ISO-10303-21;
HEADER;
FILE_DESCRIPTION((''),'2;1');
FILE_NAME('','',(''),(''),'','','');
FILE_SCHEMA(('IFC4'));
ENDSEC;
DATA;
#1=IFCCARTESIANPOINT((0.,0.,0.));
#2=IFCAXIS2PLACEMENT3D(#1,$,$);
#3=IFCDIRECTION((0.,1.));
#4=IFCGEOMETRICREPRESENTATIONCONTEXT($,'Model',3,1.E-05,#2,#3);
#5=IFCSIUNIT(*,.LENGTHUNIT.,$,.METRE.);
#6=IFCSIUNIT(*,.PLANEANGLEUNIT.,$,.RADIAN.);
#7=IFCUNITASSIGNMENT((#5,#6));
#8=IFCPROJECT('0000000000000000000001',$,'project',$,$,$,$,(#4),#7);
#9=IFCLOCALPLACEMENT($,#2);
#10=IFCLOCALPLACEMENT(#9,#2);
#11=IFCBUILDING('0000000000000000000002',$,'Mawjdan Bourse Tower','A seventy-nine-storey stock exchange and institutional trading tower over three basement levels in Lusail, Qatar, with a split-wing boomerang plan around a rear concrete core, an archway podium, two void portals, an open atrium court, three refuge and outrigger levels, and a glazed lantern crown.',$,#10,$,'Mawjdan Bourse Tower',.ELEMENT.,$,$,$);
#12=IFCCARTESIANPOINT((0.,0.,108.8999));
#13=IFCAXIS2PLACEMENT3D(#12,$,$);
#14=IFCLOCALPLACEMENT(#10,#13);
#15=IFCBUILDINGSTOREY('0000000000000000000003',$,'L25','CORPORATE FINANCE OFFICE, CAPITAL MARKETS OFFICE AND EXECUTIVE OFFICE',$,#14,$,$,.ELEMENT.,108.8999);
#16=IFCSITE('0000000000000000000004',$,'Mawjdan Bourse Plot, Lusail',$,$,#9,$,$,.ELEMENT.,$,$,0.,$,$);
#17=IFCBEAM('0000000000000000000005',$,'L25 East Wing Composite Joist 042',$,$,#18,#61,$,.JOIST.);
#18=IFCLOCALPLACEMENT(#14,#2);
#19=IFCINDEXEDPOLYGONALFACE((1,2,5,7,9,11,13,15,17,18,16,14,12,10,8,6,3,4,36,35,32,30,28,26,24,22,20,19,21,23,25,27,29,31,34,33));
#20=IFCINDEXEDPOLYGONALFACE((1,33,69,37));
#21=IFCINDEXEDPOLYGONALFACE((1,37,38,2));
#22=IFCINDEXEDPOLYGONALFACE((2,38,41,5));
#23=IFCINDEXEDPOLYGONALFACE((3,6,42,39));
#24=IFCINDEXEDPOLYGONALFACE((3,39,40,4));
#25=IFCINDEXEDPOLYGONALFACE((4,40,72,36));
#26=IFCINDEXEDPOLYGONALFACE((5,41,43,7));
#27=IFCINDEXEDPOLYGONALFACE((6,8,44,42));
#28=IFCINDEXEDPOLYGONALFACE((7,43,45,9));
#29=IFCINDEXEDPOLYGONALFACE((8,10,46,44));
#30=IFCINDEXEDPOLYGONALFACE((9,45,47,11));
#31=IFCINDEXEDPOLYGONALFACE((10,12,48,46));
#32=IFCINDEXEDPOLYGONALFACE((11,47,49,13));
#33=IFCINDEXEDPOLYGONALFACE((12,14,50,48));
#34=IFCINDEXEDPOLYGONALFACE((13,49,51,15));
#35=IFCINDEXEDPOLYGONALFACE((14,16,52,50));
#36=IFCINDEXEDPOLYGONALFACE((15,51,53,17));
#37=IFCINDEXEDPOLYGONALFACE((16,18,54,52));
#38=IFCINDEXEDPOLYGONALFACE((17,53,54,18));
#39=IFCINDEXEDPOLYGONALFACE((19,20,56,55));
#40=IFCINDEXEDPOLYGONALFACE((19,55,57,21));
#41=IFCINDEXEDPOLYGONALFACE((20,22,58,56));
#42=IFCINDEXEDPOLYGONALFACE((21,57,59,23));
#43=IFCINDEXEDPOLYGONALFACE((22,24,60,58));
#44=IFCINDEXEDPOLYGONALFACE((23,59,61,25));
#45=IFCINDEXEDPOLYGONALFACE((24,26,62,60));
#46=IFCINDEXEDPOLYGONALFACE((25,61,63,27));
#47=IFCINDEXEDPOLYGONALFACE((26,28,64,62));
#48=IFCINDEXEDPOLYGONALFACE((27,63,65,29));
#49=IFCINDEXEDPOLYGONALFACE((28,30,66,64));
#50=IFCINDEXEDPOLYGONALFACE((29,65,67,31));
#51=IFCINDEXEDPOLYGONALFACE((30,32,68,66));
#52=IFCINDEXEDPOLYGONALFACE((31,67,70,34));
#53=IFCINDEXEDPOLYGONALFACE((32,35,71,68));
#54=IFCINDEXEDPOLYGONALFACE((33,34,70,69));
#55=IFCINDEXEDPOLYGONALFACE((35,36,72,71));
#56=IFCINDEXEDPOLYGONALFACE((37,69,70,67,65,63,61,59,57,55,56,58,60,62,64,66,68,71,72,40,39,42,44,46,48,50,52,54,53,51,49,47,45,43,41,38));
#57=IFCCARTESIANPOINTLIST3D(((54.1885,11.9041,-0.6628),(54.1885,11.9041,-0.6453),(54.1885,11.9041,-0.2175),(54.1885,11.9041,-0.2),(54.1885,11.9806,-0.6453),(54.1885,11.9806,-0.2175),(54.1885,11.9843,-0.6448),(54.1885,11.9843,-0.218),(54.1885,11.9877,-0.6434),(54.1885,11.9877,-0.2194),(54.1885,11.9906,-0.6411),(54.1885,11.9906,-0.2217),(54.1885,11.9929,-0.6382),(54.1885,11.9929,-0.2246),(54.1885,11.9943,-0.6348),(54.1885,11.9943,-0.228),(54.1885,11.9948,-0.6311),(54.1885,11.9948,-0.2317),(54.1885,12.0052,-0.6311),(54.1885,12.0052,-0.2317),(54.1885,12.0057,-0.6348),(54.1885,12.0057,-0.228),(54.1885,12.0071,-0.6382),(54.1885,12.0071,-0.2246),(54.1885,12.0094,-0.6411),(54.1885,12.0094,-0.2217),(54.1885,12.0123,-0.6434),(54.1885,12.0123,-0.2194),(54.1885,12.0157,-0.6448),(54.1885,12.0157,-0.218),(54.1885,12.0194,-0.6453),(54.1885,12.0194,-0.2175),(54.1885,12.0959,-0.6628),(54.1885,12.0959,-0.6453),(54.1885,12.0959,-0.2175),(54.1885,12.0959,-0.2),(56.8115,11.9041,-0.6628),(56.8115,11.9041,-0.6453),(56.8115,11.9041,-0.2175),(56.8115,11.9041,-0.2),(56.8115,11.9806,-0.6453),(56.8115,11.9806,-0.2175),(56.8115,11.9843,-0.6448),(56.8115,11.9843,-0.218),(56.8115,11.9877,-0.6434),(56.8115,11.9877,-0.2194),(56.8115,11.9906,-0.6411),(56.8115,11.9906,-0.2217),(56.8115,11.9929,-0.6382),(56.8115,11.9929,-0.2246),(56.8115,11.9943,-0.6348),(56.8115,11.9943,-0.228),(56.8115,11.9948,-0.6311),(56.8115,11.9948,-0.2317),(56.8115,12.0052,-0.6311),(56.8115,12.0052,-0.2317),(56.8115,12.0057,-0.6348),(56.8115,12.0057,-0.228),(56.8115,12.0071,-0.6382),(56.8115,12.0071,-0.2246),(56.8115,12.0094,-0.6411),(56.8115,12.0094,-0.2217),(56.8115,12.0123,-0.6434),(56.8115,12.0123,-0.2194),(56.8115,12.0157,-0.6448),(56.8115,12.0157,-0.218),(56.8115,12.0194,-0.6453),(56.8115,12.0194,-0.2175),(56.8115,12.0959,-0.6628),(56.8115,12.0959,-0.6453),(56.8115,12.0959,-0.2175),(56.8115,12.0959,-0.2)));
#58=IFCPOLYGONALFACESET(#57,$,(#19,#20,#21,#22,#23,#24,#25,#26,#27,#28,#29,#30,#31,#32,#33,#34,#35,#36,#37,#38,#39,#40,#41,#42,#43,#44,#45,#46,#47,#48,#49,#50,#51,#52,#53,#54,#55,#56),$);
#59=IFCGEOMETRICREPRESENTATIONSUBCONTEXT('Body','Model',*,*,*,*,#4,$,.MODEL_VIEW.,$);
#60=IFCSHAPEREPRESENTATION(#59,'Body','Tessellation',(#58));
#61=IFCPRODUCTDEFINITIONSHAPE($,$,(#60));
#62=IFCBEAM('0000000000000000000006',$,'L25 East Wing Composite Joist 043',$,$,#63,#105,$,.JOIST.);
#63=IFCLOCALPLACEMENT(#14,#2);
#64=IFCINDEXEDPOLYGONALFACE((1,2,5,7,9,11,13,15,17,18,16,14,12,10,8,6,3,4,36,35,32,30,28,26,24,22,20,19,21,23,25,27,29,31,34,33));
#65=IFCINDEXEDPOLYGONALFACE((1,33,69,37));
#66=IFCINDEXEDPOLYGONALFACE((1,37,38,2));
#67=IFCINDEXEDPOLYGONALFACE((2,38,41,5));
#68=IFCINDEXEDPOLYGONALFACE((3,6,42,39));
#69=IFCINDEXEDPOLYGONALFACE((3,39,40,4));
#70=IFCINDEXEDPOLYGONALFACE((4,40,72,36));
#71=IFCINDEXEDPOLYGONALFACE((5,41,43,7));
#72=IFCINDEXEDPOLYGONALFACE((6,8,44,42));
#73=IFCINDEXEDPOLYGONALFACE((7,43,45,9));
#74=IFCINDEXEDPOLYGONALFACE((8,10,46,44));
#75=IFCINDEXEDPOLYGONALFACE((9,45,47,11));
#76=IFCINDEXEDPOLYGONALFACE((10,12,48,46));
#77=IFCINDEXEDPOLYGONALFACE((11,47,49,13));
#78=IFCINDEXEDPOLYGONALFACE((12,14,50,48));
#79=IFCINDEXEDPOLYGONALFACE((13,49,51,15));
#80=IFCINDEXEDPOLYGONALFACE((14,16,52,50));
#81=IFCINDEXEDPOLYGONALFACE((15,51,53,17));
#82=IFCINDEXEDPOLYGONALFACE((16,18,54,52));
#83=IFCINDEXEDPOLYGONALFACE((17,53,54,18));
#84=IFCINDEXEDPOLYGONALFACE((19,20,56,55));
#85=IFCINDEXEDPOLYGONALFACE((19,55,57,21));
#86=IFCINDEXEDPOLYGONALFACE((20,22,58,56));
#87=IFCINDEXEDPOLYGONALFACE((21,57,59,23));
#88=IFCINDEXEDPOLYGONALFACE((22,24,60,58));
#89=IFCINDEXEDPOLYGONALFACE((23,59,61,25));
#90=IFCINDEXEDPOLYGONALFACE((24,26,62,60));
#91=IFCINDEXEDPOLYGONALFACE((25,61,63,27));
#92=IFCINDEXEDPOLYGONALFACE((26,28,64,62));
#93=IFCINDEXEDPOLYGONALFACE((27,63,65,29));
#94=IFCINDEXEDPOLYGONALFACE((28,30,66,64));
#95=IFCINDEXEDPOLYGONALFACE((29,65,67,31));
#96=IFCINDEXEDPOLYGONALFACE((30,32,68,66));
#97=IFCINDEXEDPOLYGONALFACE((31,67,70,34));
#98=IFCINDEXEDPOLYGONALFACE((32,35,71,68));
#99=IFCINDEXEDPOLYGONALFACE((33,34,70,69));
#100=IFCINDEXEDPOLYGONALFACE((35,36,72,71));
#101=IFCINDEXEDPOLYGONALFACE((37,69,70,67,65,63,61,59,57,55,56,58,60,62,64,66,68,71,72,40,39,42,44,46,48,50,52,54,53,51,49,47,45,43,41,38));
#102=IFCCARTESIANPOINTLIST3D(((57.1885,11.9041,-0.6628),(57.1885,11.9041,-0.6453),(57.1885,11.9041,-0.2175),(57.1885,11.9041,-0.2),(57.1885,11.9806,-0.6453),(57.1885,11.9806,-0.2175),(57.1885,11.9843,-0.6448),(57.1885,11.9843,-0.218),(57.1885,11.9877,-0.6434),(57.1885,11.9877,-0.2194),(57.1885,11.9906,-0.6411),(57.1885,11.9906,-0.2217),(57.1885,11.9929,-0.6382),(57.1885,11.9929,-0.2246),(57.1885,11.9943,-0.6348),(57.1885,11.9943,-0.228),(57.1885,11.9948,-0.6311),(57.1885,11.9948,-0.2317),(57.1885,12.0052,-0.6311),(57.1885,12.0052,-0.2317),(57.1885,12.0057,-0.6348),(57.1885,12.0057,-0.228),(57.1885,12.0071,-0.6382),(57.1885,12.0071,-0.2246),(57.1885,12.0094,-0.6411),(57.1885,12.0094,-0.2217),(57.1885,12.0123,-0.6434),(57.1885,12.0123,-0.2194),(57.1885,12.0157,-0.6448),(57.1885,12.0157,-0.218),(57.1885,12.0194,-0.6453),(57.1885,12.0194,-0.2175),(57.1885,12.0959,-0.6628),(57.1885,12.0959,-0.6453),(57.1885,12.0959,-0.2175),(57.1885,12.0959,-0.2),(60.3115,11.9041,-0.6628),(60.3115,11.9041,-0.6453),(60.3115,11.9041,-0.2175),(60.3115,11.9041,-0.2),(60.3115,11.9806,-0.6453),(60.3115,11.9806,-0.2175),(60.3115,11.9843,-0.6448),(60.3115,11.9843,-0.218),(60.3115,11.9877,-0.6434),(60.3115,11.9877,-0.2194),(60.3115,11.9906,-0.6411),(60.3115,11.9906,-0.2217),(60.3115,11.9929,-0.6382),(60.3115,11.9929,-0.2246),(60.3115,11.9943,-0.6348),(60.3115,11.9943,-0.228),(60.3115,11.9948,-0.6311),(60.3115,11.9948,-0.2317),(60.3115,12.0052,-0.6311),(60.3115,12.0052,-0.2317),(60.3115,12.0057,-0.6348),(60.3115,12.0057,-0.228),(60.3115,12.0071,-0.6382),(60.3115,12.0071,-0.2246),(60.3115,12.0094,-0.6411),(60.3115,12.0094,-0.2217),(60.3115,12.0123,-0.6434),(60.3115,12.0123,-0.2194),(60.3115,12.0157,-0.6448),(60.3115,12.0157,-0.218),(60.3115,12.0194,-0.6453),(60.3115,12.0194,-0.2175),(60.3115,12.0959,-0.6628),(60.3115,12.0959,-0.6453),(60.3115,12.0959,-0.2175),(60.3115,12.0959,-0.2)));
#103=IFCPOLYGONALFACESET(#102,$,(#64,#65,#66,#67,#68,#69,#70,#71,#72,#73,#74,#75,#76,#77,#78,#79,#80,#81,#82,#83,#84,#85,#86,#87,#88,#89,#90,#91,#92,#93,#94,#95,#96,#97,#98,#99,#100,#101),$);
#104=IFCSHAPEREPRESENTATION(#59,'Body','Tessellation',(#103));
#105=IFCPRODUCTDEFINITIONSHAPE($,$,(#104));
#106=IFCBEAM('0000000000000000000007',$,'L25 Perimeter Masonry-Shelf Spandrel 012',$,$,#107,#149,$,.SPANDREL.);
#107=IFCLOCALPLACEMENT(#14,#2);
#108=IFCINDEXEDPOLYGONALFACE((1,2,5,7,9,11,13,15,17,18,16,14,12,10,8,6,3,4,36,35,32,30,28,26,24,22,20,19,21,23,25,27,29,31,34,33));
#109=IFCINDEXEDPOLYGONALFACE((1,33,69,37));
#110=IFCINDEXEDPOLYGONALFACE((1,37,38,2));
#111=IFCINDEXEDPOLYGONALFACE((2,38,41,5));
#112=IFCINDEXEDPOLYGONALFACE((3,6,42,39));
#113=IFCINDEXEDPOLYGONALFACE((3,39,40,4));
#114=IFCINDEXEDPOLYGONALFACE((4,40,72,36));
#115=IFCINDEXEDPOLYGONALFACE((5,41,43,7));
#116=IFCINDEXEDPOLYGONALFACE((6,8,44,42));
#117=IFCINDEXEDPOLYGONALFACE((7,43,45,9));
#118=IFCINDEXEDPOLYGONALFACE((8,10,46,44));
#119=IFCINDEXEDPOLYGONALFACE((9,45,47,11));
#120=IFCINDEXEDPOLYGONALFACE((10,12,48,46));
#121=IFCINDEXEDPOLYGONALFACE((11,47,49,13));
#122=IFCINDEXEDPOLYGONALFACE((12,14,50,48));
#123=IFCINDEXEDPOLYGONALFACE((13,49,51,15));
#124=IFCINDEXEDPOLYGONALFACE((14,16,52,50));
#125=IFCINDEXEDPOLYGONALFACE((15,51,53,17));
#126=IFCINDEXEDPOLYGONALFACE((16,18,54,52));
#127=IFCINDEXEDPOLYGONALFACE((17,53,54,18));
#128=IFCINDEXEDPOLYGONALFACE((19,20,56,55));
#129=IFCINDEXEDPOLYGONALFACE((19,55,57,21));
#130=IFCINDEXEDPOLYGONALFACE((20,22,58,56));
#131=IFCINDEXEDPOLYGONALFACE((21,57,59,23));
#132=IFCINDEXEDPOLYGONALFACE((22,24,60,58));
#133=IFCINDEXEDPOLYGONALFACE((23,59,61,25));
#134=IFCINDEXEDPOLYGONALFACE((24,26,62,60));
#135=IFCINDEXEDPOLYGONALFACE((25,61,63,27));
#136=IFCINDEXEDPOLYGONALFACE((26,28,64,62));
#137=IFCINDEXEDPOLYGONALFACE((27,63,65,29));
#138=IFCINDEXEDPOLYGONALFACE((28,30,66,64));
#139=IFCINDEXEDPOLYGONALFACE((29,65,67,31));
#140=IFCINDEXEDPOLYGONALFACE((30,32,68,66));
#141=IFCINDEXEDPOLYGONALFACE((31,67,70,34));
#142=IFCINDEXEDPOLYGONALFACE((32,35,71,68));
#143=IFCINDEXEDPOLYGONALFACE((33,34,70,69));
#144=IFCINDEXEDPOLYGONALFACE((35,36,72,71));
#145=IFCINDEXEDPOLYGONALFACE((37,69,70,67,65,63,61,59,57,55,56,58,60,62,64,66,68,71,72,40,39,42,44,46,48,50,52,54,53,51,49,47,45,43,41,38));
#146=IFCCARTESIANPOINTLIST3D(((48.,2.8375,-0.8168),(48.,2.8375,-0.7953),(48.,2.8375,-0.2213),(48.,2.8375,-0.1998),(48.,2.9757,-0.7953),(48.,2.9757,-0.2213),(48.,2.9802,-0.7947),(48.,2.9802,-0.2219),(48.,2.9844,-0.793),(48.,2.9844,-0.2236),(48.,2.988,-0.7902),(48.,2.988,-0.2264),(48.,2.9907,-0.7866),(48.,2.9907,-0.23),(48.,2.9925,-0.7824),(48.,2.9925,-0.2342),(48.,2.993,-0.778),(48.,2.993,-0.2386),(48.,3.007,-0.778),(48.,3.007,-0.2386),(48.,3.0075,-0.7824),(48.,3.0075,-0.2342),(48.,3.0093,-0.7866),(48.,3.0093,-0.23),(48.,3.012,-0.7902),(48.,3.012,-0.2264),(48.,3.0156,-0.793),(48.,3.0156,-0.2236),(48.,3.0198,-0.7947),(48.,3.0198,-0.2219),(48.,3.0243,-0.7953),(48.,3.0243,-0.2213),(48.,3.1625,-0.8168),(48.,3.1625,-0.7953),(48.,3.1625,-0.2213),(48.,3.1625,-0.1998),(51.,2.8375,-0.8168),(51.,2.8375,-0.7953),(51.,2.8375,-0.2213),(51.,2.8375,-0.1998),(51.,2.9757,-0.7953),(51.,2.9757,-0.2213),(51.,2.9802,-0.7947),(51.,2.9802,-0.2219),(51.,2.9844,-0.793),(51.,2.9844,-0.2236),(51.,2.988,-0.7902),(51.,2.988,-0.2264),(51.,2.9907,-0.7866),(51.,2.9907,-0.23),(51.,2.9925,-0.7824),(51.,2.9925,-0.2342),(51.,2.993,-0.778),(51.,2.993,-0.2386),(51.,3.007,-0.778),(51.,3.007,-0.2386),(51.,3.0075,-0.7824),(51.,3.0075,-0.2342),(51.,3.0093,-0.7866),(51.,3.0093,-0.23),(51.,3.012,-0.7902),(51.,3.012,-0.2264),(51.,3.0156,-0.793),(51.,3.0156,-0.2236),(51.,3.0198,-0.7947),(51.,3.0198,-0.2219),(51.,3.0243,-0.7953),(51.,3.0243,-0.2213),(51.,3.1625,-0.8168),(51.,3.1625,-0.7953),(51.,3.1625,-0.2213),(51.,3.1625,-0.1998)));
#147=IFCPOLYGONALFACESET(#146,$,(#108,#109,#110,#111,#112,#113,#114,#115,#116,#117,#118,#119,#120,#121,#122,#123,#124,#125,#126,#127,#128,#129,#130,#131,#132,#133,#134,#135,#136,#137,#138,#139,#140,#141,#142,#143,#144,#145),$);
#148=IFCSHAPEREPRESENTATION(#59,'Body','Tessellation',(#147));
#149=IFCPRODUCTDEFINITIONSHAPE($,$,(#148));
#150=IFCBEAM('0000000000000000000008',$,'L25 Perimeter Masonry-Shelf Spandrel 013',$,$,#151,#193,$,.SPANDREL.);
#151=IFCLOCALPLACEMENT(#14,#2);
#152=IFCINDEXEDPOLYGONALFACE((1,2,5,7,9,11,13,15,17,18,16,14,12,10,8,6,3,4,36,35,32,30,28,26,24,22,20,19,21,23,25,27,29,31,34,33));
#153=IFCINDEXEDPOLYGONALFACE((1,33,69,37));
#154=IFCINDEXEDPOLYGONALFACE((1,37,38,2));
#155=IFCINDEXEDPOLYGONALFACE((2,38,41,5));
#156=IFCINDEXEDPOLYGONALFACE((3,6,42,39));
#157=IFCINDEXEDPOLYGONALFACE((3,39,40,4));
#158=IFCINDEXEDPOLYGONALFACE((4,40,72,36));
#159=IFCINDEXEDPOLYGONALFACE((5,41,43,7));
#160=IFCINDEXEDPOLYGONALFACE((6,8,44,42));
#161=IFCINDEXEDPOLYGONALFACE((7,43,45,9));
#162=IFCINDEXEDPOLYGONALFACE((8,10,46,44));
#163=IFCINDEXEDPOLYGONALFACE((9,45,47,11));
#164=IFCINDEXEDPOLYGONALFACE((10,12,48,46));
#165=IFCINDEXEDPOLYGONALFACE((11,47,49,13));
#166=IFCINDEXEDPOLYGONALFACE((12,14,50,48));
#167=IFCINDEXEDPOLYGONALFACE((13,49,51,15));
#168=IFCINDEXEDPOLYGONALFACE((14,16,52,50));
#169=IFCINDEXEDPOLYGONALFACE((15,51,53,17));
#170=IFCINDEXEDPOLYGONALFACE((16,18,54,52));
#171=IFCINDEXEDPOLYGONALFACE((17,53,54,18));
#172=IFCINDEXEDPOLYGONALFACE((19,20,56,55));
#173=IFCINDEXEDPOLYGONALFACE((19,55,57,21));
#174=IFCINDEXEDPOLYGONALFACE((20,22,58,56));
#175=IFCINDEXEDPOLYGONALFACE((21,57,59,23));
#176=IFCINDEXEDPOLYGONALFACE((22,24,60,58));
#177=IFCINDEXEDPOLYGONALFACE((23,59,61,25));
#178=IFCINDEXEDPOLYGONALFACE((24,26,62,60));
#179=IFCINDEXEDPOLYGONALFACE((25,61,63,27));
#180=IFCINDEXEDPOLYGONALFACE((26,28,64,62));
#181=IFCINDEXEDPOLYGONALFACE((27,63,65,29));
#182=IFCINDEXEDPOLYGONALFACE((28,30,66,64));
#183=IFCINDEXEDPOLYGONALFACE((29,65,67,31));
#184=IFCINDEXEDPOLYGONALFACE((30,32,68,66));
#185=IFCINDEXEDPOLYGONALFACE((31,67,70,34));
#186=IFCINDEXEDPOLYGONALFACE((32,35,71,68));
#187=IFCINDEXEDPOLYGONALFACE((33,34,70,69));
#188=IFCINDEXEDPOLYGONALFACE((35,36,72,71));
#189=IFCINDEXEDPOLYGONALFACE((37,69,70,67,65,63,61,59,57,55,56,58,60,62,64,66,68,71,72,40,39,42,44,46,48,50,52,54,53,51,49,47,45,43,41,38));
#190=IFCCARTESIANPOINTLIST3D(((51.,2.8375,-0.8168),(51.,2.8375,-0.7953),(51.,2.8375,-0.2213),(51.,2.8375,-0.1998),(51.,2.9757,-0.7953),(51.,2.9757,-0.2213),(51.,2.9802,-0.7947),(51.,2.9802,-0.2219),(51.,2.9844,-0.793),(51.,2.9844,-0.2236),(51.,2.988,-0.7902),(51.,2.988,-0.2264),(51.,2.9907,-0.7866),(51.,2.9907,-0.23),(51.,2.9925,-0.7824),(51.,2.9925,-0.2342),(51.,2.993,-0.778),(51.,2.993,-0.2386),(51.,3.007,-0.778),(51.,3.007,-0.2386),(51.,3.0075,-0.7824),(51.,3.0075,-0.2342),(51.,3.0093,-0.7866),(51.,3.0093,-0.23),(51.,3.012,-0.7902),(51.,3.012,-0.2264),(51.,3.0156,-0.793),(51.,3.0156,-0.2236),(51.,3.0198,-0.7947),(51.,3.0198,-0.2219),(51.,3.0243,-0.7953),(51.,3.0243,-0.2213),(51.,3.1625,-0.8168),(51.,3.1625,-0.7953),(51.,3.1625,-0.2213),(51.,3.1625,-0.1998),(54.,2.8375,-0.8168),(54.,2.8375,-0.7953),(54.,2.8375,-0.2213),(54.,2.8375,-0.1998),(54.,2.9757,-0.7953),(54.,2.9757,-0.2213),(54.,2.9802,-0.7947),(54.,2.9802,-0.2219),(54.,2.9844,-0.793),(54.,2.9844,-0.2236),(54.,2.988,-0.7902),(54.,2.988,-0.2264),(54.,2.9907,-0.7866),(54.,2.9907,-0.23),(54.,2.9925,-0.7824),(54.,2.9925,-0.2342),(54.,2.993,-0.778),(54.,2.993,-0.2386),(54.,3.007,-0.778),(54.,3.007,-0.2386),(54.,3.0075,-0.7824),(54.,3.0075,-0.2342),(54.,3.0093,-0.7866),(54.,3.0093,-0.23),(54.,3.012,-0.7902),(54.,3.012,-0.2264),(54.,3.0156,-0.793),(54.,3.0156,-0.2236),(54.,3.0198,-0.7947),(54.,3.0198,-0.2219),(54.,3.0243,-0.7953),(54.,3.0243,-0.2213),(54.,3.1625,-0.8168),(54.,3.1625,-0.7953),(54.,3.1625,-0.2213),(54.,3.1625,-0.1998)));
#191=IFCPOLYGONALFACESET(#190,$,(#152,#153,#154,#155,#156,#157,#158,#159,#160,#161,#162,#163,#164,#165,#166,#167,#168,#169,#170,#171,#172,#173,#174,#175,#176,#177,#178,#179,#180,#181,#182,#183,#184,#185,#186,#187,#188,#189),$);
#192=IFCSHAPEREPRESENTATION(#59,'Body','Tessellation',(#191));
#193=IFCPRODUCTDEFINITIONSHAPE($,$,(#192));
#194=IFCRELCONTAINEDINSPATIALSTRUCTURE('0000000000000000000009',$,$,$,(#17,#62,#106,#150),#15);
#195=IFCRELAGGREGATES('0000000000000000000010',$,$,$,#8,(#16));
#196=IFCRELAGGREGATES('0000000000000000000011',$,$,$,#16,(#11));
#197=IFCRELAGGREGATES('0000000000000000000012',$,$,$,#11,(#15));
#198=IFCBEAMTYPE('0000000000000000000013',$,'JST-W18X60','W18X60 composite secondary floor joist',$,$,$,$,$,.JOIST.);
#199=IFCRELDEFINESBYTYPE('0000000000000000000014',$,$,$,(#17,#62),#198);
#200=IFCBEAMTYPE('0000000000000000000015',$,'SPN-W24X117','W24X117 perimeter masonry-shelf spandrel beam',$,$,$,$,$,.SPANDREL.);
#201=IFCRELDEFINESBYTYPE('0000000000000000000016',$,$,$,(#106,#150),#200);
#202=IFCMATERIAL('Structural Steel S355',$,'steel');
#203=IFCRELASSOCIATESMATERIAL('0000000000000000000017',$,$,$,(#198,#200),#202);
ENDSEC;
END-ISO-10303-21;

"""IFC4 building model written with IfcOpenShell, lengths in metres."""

from ifc_helpers import new_model, si_unit, direction, frame, origin, origin_2d, place, context, subcontext, project, spatial, i_section, extrude, material, material_profile, profile_set, type_object, element, save


model = new_model("IFC4")

# Units and contexts
model_context = context("Model", 3, precision=1e-05, world=origin(), true_north=direction((0.0, 1.0)))
body_context = subcontext(model_context, "Body", "Model", "MODEL_VIEW")
ifc_project = project(units=[si_unit("LENGTHUNIT", "METRE"), si_unit("PLANEANGLEUNIT", "RADIAN")], contexts=[model_context])

# Site, building, storey
site_placement = place(None, origin())
site = spatial("IfcSite", under=ifc_project, at=site_placement, Name="Mawjdan Bourse Plot, Lusail", CompositionType="ELEMENT", RefElevation=0.0)
building_placement = place(site_placement, origin())
building = spatial("IfcBuilding", under=site, at=building_placement, Name="Mawjdan Bourse Tower", Description="A seventy-nine-storey stock exchange and institutional trading tower over three basement levels in Lusail, Qatar, with a split-wing boomerang plan around a rear concrete core, an archway podium, two void portals, an open atrium court, three refuge and outrigger levels, and a glazed lantern crown.", LongName="Mawjdan Bourse Tower", CompositionType="ELEMENT")
storey_placement = place(building_placement, frame((0.0, 0.0, 108.8999)))
storey = spatial("IfcBuildingStorey", under=building, at=storey_placement, Name="L25", Description="CORPORATE FINANCE OFFICE, CAPITAL MARKETS OFFICE AND EXECUTIVE OFFICE", CompositionType="ELEMENT", Elevation=108.8999)

# Beams
ifc_material_1 = material(Name="Structural Steel S355", Category="steel")
ifc_material_profile_1 = material_profile(ifc_material_1, i_section(OverallWidth=0.1919, OverallDepth=0.4629, WebThickness=0.0105, FlangeThickness=0.0176, FilletRadius=0.0142, at=origin_2d()), Name="W18X60")
ifc_profile_set_1 = profile_set([ifc_material_profile_1], Name="Structural Steel S355")
beam_type_1 = type_object("IfcBeamType", Name="JST-W18X60", Description="W18X60 composite secondary floor joist", PredefinedType="JOIST", material=ifc_profile_set_1)
for number, where, z_axis, x_axis, name in (
    (1, (54.1885, 12.0, -0.4314), (1.0, 0.0, 0.0), (0.0, 1.0, 0.0), "L25 East Wing Composite Joist 042"),
):
    element("IfcBeam", number, at=place(storey_placement, frame(where, z_axis=z_axis, x_axis=x_axis)), inside=storey, type_object=beam_type_1, Name=name, PredefinedType="JOIST", context=body_context, shape_type="SweptSolid", body=[
        extrude(i_section(OverallWidth=0.1919, OverallDepth=0.4629, WebThickness=0.0105, FlangeThickness=0.0176, FilletRadius=0.0142, at=origin_2d()), origin(), (0.0, 0.0, 1.0), 2.623),
    ])
beam_1_placement = place(storey_placement, frame((57.1885, 12.0, -0.4314), z_axis=(1.0, 0.0, 0.0), x_axis=(0.0, 1.0, 0.0)))
element("IfcBeam", 2, at=beam_1_placement, inside=storey, type_object=beam_type_1, Name="L25 East Wing Composite Joist 043", PredefinedType="JOIST", context=body_context, shape_type="SweptSolid", body=[
    extrude(i_section(OverallWidth=0.1919, OverallDepth=0.4629, WebThickness=0.0105, FlangeThickness=0.0176, FilletRadius=0.0142, at=origin_2d()), origin(), (0.0, 0.0, 1.0), 3.123),
])
ifc_material_profile_2 = material_profile(ifc_material_1, i_section(OverallWidth=0.325, OverallDepth=0.6169, WebThickness=0.0139, FlangeThickness=0.0215, FilletRadius=0.0173, at=origin_2d()), Name="W24X117")
ifc_profile_set_2 = profile_set([ifc_material_profile_2], Name="Structural Steel S355")
beam_type_2 = type_object("IfcBeamType", Name="SPN-W24X117", Description="W24X117 perimeter masonry-shelf spandrel beam", PredefinedType="SPANDREL", material=ifc_profile_set_2)
for number, where, z_axis, x_axis, name in (
    (3, (48.0, 3.0, -0.5083), (1.0, 0.0, 0.0), (0.0, 1.0, 0.0), "L25 Perimeter Masonry-Shelf Spandrel 012"),
    (4, (51.0, 3.0, -0.5083), (1.0, 0.0, 0.0), (0.0, 1.0, 0.0), "L25 Perimeter Masonry-Shelf Spandrel 013"),
):
    element("IfcBeam", number, at=place(storey_placement, frame(where, z_axis=z_axis, x_axis=x_axis)), inside=storey, type_object=beam_type_2, Name=name, PredefinedType="SPANDREL", context=body_context, shape_type="SweptSolid", body=[
        extrude(i_section(OverallWidth=0.325, OverallDepth=0.6169, WebThickness=0.0139, FlangeThickness=0.0215, FilletRadius=0.0173, at=origin_2d()), origin(), (0.0, 0.0, 1.0), 3.0),
    ])

save(model, "model.ifc")
